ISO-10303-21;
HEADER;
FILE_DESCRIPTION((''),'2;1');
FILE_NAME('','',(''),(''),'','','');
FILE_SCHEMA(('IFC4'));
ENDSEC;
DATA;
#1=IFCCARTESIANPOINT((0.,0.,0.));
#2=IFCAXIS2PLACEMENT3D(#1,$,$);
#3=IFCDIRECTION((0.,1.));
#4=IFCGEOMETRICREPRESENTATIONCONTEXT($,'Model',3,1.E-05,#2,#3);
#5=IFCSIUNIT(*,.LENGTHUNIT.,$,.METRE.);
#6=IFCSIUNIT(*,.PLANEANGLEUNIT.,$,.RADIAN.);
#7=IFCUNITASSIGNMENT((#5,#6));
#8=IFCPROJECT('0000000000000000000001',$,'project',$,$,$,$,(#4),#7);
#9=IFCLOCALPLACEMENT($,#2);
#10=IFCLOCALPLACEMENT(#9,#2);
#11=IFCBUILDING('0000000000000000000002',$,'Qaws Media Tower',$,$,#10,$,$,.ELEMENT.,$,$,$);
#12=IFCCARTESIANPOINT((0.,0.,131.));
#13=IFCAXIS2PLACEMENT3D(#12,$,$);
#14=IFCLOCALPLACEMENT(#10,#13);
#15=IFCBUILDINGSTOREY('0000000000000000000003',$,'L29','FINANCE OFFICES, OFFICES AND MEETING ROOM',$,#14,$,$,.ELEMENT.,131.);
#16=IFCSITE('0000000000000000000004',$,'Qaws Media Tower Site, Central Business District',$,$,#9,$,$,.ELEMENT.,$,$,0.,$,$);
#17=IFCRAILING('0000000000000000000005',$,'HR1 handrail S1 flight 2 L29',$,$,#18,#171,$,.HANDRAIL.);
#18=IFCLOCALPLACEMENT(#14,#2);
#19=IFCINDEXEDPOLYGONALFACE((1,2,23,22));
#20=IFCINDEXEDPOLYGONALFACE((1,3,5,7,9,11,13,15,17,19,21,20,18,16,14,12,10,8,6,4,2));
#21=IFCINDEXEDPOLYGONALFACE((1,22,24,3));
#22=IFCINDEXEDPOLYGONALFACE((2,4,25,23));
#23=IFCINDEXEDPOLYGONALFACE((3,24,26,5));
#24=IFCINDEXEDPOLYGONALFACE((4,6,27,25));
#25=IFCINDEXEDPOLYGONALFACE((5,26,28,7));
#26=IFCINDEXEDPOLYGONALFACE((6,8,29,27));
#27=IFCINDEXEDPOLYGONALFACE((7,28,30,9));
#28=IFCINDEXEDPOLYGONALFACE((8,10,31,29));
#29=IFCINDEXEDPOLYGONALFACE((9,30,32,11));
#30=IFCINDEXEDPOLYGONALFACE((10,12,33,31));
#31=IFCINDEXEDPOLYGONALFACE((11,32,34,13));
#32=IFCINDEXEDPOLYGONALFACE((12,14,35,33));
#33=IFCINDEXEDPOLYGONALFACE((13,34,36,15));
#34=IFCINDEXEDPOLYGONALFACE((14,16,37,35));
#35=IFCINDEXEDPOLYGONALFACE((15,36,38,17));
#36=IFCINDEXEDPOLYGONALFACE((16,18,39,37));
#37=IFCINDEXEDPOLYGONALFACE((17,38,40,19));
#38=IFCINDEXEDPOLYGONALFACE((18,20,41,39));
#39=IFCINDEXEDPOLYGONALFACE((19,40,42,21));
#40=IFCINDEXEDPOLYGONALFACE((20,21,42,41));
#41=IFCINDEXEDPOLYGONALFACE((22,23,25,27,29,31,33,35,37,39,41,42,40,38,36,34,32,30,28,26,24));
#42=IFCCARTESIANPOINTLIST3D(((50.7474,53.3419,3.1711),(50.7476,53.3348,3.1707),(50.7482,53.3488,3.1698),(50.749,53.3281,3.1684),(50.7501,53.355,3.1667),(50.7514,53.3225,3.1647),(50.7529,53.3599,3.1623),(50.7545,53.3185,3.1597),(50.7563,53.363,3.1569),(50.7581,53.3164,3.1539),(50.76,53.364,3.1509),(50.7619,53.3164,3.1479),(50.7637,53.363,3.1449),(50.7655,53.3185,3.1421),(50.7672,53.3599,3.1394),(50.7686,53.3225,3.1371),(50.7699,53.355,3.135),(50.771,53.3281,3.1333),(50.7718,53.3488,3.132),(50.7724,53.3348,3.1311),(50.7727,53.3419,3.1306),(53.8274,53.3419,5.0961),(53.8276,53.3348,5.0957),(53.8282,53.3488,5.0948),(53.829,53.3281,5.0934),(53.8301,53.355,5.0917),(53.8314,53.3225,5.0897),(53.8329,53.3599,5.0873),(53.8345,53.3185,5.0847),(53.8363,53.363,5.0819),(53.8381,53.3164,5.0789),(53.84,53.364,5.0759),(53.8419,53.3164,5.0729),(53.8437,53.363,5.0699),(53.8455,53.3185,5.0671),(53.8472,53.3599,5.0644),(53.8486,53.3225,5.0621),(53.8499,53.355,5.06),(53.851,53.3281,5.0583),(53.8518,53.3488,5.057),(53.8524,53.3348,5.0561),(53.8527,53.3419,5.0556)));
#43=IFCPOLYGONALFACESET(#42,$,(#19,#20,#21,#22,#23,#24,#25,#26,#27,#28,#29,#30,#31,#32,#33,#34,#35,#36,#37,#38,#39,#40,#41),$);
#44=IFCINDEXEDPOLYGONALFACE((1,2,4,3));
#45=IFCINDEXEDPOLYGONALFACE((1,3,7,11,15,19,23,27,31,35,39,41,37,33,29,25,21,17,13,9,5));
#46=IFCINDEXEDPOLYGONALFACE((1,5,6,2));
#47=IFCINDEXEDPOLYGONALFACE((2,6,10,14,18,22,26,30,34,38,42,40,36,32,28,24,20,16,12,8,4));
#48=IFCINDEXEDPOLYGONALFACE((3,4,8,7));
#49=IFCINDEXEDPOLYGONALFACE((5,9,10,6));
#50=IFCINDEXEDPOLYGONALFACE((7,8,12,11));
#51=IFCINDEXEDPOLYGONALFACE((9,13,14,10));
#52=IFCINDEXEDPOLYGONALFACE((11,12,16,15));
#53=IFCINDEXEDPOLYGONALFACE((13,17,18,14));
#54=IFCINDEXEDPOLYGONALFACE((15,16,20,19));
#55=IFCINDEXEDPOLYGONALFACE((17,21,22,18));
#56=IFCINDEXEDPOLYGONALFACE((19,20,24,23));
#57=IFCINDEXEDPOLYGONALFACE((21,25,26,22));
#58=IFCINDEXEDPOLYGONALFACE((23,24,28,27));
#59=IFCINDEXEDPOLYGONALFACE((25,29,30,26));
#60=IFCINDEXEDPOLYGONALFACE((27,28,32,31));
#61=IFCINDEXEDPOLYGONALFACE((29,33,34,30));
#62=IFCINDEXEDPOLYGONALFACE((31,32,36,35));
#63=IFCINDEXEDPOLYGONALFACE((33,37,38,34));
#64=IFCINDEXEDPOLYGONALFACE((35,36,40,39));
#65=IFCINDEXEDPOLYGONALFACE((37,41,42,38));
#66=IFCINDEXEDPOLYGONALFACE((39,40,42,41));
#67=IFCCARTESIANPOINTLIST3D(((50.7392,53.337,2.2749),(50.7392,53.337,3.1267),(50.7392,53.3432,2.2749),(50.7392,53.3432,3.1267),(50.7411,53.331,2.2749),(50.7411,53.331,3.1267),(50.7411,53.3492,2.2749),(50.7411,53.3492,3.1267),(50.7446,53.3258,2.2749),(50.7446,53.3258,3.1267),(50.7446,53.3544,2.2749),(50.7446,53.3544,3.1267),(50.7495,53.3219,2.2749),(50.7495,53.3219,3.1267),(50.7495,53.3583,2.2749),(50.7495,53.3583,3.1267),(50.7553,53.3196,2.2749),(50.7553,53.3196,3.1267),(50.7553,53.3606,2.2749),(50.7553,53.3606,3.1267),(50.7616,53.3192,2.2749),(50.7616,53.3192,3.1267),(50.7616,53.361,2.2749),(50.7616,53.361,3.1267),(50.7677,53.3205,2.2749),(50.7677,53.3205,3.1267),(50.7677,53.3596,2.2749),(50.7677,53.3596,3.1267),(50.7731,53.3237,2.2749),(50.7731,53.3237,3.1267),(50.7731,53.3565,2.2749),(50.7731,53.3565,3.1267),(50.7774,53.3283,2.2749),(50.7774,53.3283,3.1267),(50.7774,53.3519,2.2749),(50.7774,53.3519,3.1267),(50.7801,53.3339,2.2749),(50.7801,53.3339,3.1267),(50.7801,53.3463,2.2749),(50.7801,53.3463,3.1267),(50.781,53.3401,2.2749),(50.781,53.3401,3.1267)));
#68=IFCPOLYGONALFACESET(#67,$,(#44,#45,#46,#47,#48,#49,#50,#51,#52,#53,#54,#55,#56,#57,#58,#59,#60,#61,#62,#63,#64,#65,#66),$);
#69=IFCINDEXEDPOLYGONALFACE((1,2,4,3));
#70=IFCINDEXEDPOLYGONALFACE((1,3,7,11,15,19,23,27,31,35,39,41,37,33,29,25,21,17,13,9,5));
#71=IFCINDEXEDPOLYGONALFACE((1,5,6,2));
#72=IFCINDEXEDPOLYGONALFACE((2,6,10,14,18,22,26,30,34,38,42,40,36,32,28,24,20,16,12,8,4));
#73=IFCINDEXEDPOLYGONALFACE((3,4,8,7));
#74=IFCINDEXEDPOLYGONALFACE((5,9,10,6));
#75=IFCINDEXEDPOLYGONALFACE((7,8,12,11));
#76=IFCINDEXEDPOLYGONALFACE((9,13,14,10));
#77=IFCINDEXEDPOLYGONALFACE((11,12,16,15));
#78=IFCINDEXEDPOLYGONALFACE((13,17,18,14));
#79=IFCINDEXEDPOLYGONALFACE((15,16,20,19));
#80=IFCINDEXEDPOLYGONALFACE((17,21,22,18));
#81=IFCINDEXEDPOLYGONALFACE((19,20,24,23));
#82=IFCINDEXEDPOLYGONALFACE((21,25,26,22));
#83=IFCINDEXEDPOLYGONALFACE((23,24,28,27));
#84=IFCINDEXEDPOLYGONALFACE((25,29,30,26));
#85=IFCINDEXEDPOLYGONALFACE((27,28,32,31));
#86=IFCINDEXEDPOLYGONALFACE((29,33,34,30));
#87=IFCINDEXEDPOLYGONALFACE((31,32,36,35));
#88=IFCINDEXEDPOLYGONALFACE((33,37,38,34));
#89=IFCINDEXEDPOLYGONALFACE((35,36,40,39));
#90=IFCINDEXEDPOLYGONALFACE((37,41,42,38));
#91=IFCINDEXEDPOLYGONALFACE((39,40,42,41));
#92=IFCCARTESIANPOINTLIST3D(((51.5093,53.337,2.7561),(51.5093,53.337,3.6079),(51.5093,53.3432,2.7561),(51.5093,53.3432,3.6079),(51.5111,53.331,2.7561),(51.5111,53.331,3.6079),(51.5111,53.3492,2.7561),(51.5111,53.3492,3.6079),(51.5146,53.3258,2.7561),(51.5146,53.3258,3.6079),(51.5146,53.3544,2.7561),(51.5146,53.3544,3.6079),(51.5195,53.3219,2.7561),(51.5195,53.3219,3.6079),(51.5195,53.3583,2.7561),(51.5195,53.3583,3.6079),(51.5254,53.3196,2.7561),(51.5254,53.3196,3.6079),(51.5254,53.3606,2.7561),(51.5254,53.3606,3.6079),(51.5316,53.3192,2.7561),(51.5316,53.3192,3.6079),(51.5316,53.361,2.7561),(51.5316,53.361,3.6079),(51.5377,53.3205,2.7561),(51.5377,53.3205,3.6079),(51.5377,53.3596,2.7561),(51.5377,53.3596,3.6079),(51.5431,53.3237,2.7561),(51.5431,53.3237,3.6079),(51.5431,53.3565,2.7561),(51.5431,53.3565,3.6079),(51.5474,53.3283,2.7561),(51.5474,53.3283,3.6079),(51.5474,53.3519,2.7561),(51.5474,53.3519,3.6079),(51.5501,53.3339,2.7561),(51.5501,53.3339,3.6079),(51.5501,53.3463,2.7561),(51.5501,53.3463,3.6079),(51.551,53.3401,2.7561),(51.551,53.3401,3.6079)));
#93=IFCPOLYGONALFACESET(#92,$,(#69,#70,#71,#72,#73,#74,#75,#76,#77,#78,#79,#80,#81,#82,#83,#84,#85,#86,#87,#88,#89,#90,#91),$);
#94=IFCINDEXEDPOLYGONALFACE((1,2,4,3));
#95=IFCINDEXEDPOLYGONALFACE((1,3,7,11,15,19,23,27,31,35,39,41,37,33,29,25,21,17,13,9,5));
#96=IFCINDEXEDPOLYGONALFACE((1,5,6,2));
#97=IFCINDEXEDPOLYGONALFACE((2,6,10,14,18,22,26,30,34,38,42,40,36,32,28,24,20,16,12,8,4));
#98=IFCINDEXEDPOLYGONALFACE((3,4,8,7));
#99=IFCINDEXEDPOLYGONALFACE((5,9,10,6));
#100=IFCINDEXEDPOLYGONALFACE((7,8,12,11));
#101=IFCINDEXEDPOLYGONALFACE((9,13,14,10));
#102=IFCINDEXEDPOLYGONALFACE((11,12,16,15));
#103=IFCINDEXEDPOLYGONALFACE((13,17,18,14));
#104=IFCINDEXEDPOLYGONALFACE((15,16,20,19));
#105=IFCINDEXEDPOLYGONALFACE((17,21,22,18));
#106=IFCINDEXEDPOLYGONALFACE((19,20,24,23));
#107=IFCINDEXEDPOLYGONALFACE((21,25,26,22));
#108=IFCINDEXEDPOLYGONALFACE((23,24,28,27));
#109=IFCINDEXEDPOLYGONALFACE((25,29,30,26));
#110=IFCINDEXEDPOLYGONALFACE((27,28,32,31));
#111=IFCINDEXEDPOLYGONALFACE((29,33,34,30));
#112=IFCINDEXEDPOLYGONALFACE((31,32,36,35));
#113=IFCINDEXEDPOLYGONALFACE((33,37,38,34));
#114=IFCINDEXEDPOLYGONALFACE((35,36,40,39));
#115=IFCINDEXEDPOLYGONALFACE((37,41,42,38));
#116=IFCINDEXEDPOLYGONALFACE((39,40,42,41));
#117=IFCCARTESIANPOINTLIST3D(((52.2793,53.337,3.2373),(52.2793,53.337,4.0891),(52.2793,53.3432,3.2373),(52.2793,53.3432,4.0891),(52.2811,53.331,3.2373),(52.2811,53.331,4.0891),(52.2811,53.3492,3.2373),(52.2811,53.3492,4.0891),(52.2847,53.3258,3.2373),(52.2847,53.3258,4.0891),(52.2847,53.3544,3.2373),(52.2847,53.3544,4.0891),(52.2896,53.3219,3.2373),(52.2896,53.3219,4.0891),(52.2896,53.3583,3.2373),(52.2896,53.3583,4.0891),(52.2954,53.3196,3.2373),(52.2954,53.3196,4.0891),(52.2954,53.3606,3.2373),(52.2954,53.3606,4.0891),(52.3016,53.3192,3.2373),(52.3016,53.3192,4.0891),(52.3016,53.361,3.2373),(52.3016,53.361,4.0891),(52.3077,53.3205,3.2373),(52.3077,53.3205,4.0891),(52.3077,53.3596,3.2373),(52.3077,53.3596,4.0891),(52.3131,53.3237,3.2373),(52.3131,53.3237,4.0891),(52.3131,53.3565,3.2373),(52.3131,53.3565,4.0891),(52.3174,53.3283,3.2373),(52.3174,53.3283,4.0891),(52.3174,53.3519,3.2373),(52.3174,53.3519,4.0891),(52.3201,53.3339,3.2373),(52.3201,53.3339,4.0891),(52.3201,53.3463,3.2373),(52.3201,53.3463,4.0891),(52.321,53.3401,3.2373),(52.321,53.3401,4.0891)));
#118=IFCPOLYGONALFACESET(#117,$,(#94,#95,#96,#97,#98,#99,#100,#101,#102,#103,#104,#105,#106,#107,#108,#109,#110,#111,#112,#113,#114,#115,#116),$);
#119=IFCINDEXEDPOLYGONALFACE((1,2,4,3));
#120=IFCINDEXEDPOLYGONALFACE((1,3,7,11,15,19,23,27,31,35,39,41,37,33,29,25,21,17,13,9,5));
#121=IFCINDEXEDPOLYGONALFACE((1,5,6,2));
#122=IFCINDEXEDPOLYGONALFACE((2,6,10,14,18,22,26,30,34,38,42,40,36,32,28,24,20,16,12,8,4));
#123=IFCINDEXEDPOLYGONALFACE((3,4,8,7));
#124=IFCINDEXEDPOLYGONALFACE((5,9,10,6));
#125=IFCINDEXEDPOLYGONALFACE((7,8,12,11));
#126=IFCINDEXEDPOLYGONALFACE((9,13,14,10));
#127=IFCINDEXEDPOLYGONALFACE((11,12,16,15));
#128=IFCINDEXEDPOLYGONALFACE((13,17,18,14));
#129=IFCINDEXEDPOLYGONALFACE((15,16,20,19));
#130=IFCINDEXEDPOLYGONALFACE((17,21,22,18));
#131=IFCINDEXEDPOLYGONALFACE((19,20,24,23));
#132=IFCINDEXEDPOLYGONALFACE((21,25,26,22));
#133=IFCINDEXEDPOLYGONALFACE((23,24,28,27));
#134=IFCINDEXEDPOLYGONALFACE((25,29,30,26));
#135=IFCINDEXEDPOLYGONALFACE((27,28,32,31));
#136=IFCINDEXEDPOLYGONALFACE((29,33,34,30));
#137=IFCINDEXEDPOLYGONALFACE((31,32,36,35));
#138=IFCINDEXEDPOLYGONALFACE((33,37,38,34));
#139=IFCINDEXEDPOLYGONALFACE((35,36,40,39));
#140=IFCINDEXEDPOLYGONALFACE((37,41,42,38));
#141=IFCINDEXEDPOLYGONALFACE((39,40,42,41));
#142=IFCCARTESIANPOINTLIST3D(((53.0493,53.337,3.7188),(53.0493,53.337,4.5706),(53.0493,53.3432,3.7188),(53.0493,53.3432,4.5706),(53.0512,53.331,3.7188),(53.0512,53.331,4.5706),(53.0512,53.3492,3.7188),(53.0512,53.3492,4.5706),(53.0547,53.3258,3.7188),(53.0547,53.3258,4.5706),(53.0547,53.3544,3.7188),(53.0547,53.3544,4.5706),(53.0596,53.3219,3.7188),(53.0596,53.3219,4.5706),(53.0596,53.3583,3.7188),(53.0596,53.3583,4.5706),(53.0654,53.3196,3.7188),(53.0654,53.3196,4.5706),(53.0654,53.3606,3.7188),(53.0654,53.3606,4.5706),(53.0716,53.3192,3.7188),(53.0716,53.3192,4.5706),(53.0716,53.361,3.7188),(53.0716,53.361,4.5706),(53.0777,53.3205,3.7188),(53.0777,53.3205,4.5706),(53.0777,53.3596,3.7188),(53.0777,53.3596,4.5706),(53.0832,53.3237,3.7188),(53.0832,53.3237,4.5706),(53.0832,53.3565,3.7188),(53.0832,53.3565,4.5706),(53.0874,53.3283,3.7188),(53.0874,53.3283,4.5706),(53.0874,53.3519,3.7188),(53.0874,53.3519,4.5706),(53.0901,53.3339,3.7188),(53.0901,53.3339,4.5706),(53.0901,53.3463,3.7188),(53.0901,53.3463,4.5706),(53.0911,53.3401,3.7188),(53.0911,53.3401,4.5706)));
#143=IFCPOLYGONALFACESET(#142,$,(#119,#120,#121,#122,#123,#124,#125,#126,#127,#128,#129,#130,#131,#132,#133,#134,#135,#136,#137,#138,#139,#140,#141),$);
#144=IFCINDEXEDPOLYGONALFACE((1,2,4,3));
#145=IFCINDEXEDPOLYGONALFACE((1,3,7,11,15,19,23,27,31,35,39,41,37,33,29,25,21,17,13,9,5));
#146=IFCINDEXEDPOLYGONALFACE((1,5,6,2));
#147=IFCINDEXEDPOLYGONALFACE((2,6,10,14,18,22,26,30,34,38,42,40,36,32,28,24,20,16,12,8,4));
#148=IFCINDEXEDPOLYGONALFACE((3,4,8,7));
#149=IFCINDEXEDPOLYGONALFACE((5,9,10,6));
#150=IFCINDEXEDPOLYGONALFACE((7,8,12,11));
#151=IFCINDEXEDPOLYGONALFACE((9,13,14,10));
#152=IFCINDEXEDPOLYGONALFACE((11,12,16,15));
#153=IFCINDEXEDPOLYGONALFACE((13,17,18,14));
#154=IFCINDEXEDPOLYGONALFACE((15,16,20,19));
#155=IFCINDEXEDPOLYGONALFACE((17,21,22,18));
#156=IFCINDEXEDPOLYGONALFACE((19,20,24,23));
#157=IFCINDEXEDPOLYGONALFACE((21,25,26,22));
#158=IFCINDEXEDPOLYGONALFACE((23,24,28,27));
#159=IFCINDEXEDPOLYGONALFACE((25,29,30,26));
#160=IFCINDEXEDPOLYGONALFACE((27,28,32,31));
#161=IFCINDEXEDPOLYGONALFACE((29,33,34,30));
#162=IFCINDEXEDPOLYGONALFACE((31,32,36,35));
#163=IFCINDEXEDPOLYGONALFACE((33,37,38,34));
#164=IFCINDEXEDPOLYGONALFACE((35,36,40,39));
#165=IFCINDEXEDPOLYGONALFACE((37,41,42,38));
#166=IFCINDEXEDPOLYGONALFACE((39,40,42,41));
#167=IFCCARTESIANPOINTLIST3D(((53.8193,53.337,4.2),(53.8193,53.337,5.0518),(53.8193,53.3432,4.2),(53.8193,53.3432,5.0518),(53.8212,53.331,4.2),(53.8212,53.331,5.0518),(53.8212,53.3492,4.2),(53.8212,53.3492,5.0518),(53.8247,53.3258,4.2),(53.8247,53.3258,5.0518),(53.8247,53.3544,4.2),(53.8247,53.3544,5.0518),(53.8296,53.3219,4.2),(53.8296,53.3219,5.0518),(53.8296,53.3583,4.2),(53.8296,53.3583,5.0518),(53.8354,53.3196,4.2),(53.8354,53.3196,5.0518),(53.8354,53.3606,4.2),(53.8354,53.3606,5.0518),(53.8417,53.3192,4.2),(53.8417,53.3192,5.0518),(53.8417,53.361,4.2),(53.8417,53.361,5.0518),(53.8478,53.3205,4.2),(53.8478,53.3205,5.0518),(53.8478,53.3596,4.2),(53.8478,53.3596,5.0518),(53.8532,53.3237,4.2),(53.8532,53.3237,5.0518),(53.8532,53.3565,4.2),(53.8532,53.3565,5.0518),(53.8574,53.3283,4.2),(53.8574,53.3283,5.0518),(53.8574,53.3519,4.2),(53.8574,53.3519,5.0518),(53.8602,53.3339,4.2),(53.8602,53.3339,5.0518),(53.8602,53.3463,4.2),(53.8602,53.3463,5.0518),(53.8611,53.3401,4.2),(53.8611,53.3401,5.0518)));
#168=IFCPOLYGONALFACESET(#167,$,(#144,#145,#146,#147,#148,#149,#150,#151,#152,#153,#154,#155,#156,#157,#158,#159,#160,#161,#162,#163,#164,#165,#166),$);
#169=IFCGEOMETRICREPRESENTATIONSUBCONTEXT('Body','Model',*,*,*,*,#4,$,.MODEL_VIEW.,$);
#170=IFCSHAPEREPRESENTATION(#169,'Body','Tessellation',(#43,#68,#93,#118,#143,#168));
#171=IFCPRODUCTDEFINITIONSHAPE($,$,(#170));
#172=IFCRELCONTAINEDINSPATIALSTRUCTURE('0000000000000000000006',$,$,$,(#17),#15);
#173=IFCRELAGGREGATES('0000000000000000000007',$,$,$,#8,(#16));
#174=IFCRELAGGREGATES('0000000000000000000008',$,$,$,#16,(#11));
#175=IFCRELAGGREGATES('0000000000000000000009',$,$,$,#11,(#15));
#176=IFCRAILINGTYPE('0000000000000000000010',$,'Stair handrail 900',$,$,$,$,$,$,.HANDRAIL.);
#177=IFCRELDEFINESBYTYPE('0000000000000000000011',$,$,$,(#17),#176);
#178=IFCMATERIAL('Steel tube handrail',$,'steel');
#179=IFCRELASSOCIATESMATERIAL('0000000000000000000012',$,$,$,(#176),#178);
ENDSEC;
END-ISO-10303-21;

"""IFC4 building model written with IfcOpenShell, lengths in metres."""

from ifc_helpers import new_model, si_unit, direction, frame, origin, origin_2d, place, context, subcontext, project, spatial, circle, extrude, material, type_object, element, save


model = new_model("IFC4")

# Units and contexts
model_context = context("Model", 3, precision=1e-05, world=origin(), true_north=direction((0.0, 1.0)))
body_context = subcontext(model_context, "Body", "Model", "MODEL_VIEW")
ifc_project = project(units=[si_unit("LENGTHUNIT", "METRE"), si_unit("PLANEANGLEUNIT", "RADIAN")], contexts=[model_context])

# Site, building, storey
site_placement = place(None, origin())
site = spatial("IfcSite", under=ifc_project, at=site_placement, Name="Qaws Media Tower Site, Central Business District", CompositionType="ELEMENT", RefElevation=0.0)
building_placement = place(site_placement, origin())
building = spatial("IfcBuilding", under=site, at=building_placement, Name="Qaws Media Tower", CompositionType="ELEMENT")
storey_placement = place(building_placement, frame((0.0, 0.0, 131.0)))
storey = spatial("IfcBuildingStorey", under=building, at=storey_placement, Name="L29", Description="FINANCE OFFICES, OFFICES AND MEETING ROOM", CompositionType="ELEMENT", Elevation=131.0)

# Railing
ifc_material_1 = material(Name="Steel tube handrail", Category="steel")
railing_type = type_object("IfcRailingType", Name="Stair handrail 900", PredefinedType="HANDRAIL", material=ifc_material_1)
for number, where, name in (
    (1, (50.76, 53.3401, 2.2749), "HR1 handrail S1 flight 2 L29"),
):
    element("IfcRailing", number, at=place(storey_placement, frame(where)), inside=storey, type_object=railing_type, Name=name, PredefinedType="HANDRAIL", context=body_context, shape_type="SweptSolid", body=[
        extrude(circle(Radius=0.0239, at=origin_2d()), frame((0.0, 0.0, 0.876), z_axis=(0.847998, 0.0, 0.529999), x_axis=(0.0, 1.0, 0.0)), (0.0, 0.0, 1.0), 3.6321),
        extrude(circle(Radius=0.021, at=origin_2d()), origin(), (0.0, 0.0, 1.0), 0.8518),
        extrude(circle(Radius=0.021, at=origin_2d()), frame((0.77, 0.0, 0.4812)), (0.0, 0.0, 1.0), 0.8518),
        extrude(circle(Radius=0.021, at=origin_2d()), frame((1.54, 0.0, 0.9624)), (0.0, 0.0, 1.0), 0.8518),
        extrude(circle(Radius=0.021, at=origin_2d()), frame((2.3101, 0.0, 1.4438)), (0.0, 0.0, 1.0), 0.8518),
        extrude(circle(Radius=0.021, at=origin_2d()), frame((3.0801, 0.0, 1.925)), (0.0, 0.0, 1.0), 0.8518),
    ])

save(model, "model.ifc")
